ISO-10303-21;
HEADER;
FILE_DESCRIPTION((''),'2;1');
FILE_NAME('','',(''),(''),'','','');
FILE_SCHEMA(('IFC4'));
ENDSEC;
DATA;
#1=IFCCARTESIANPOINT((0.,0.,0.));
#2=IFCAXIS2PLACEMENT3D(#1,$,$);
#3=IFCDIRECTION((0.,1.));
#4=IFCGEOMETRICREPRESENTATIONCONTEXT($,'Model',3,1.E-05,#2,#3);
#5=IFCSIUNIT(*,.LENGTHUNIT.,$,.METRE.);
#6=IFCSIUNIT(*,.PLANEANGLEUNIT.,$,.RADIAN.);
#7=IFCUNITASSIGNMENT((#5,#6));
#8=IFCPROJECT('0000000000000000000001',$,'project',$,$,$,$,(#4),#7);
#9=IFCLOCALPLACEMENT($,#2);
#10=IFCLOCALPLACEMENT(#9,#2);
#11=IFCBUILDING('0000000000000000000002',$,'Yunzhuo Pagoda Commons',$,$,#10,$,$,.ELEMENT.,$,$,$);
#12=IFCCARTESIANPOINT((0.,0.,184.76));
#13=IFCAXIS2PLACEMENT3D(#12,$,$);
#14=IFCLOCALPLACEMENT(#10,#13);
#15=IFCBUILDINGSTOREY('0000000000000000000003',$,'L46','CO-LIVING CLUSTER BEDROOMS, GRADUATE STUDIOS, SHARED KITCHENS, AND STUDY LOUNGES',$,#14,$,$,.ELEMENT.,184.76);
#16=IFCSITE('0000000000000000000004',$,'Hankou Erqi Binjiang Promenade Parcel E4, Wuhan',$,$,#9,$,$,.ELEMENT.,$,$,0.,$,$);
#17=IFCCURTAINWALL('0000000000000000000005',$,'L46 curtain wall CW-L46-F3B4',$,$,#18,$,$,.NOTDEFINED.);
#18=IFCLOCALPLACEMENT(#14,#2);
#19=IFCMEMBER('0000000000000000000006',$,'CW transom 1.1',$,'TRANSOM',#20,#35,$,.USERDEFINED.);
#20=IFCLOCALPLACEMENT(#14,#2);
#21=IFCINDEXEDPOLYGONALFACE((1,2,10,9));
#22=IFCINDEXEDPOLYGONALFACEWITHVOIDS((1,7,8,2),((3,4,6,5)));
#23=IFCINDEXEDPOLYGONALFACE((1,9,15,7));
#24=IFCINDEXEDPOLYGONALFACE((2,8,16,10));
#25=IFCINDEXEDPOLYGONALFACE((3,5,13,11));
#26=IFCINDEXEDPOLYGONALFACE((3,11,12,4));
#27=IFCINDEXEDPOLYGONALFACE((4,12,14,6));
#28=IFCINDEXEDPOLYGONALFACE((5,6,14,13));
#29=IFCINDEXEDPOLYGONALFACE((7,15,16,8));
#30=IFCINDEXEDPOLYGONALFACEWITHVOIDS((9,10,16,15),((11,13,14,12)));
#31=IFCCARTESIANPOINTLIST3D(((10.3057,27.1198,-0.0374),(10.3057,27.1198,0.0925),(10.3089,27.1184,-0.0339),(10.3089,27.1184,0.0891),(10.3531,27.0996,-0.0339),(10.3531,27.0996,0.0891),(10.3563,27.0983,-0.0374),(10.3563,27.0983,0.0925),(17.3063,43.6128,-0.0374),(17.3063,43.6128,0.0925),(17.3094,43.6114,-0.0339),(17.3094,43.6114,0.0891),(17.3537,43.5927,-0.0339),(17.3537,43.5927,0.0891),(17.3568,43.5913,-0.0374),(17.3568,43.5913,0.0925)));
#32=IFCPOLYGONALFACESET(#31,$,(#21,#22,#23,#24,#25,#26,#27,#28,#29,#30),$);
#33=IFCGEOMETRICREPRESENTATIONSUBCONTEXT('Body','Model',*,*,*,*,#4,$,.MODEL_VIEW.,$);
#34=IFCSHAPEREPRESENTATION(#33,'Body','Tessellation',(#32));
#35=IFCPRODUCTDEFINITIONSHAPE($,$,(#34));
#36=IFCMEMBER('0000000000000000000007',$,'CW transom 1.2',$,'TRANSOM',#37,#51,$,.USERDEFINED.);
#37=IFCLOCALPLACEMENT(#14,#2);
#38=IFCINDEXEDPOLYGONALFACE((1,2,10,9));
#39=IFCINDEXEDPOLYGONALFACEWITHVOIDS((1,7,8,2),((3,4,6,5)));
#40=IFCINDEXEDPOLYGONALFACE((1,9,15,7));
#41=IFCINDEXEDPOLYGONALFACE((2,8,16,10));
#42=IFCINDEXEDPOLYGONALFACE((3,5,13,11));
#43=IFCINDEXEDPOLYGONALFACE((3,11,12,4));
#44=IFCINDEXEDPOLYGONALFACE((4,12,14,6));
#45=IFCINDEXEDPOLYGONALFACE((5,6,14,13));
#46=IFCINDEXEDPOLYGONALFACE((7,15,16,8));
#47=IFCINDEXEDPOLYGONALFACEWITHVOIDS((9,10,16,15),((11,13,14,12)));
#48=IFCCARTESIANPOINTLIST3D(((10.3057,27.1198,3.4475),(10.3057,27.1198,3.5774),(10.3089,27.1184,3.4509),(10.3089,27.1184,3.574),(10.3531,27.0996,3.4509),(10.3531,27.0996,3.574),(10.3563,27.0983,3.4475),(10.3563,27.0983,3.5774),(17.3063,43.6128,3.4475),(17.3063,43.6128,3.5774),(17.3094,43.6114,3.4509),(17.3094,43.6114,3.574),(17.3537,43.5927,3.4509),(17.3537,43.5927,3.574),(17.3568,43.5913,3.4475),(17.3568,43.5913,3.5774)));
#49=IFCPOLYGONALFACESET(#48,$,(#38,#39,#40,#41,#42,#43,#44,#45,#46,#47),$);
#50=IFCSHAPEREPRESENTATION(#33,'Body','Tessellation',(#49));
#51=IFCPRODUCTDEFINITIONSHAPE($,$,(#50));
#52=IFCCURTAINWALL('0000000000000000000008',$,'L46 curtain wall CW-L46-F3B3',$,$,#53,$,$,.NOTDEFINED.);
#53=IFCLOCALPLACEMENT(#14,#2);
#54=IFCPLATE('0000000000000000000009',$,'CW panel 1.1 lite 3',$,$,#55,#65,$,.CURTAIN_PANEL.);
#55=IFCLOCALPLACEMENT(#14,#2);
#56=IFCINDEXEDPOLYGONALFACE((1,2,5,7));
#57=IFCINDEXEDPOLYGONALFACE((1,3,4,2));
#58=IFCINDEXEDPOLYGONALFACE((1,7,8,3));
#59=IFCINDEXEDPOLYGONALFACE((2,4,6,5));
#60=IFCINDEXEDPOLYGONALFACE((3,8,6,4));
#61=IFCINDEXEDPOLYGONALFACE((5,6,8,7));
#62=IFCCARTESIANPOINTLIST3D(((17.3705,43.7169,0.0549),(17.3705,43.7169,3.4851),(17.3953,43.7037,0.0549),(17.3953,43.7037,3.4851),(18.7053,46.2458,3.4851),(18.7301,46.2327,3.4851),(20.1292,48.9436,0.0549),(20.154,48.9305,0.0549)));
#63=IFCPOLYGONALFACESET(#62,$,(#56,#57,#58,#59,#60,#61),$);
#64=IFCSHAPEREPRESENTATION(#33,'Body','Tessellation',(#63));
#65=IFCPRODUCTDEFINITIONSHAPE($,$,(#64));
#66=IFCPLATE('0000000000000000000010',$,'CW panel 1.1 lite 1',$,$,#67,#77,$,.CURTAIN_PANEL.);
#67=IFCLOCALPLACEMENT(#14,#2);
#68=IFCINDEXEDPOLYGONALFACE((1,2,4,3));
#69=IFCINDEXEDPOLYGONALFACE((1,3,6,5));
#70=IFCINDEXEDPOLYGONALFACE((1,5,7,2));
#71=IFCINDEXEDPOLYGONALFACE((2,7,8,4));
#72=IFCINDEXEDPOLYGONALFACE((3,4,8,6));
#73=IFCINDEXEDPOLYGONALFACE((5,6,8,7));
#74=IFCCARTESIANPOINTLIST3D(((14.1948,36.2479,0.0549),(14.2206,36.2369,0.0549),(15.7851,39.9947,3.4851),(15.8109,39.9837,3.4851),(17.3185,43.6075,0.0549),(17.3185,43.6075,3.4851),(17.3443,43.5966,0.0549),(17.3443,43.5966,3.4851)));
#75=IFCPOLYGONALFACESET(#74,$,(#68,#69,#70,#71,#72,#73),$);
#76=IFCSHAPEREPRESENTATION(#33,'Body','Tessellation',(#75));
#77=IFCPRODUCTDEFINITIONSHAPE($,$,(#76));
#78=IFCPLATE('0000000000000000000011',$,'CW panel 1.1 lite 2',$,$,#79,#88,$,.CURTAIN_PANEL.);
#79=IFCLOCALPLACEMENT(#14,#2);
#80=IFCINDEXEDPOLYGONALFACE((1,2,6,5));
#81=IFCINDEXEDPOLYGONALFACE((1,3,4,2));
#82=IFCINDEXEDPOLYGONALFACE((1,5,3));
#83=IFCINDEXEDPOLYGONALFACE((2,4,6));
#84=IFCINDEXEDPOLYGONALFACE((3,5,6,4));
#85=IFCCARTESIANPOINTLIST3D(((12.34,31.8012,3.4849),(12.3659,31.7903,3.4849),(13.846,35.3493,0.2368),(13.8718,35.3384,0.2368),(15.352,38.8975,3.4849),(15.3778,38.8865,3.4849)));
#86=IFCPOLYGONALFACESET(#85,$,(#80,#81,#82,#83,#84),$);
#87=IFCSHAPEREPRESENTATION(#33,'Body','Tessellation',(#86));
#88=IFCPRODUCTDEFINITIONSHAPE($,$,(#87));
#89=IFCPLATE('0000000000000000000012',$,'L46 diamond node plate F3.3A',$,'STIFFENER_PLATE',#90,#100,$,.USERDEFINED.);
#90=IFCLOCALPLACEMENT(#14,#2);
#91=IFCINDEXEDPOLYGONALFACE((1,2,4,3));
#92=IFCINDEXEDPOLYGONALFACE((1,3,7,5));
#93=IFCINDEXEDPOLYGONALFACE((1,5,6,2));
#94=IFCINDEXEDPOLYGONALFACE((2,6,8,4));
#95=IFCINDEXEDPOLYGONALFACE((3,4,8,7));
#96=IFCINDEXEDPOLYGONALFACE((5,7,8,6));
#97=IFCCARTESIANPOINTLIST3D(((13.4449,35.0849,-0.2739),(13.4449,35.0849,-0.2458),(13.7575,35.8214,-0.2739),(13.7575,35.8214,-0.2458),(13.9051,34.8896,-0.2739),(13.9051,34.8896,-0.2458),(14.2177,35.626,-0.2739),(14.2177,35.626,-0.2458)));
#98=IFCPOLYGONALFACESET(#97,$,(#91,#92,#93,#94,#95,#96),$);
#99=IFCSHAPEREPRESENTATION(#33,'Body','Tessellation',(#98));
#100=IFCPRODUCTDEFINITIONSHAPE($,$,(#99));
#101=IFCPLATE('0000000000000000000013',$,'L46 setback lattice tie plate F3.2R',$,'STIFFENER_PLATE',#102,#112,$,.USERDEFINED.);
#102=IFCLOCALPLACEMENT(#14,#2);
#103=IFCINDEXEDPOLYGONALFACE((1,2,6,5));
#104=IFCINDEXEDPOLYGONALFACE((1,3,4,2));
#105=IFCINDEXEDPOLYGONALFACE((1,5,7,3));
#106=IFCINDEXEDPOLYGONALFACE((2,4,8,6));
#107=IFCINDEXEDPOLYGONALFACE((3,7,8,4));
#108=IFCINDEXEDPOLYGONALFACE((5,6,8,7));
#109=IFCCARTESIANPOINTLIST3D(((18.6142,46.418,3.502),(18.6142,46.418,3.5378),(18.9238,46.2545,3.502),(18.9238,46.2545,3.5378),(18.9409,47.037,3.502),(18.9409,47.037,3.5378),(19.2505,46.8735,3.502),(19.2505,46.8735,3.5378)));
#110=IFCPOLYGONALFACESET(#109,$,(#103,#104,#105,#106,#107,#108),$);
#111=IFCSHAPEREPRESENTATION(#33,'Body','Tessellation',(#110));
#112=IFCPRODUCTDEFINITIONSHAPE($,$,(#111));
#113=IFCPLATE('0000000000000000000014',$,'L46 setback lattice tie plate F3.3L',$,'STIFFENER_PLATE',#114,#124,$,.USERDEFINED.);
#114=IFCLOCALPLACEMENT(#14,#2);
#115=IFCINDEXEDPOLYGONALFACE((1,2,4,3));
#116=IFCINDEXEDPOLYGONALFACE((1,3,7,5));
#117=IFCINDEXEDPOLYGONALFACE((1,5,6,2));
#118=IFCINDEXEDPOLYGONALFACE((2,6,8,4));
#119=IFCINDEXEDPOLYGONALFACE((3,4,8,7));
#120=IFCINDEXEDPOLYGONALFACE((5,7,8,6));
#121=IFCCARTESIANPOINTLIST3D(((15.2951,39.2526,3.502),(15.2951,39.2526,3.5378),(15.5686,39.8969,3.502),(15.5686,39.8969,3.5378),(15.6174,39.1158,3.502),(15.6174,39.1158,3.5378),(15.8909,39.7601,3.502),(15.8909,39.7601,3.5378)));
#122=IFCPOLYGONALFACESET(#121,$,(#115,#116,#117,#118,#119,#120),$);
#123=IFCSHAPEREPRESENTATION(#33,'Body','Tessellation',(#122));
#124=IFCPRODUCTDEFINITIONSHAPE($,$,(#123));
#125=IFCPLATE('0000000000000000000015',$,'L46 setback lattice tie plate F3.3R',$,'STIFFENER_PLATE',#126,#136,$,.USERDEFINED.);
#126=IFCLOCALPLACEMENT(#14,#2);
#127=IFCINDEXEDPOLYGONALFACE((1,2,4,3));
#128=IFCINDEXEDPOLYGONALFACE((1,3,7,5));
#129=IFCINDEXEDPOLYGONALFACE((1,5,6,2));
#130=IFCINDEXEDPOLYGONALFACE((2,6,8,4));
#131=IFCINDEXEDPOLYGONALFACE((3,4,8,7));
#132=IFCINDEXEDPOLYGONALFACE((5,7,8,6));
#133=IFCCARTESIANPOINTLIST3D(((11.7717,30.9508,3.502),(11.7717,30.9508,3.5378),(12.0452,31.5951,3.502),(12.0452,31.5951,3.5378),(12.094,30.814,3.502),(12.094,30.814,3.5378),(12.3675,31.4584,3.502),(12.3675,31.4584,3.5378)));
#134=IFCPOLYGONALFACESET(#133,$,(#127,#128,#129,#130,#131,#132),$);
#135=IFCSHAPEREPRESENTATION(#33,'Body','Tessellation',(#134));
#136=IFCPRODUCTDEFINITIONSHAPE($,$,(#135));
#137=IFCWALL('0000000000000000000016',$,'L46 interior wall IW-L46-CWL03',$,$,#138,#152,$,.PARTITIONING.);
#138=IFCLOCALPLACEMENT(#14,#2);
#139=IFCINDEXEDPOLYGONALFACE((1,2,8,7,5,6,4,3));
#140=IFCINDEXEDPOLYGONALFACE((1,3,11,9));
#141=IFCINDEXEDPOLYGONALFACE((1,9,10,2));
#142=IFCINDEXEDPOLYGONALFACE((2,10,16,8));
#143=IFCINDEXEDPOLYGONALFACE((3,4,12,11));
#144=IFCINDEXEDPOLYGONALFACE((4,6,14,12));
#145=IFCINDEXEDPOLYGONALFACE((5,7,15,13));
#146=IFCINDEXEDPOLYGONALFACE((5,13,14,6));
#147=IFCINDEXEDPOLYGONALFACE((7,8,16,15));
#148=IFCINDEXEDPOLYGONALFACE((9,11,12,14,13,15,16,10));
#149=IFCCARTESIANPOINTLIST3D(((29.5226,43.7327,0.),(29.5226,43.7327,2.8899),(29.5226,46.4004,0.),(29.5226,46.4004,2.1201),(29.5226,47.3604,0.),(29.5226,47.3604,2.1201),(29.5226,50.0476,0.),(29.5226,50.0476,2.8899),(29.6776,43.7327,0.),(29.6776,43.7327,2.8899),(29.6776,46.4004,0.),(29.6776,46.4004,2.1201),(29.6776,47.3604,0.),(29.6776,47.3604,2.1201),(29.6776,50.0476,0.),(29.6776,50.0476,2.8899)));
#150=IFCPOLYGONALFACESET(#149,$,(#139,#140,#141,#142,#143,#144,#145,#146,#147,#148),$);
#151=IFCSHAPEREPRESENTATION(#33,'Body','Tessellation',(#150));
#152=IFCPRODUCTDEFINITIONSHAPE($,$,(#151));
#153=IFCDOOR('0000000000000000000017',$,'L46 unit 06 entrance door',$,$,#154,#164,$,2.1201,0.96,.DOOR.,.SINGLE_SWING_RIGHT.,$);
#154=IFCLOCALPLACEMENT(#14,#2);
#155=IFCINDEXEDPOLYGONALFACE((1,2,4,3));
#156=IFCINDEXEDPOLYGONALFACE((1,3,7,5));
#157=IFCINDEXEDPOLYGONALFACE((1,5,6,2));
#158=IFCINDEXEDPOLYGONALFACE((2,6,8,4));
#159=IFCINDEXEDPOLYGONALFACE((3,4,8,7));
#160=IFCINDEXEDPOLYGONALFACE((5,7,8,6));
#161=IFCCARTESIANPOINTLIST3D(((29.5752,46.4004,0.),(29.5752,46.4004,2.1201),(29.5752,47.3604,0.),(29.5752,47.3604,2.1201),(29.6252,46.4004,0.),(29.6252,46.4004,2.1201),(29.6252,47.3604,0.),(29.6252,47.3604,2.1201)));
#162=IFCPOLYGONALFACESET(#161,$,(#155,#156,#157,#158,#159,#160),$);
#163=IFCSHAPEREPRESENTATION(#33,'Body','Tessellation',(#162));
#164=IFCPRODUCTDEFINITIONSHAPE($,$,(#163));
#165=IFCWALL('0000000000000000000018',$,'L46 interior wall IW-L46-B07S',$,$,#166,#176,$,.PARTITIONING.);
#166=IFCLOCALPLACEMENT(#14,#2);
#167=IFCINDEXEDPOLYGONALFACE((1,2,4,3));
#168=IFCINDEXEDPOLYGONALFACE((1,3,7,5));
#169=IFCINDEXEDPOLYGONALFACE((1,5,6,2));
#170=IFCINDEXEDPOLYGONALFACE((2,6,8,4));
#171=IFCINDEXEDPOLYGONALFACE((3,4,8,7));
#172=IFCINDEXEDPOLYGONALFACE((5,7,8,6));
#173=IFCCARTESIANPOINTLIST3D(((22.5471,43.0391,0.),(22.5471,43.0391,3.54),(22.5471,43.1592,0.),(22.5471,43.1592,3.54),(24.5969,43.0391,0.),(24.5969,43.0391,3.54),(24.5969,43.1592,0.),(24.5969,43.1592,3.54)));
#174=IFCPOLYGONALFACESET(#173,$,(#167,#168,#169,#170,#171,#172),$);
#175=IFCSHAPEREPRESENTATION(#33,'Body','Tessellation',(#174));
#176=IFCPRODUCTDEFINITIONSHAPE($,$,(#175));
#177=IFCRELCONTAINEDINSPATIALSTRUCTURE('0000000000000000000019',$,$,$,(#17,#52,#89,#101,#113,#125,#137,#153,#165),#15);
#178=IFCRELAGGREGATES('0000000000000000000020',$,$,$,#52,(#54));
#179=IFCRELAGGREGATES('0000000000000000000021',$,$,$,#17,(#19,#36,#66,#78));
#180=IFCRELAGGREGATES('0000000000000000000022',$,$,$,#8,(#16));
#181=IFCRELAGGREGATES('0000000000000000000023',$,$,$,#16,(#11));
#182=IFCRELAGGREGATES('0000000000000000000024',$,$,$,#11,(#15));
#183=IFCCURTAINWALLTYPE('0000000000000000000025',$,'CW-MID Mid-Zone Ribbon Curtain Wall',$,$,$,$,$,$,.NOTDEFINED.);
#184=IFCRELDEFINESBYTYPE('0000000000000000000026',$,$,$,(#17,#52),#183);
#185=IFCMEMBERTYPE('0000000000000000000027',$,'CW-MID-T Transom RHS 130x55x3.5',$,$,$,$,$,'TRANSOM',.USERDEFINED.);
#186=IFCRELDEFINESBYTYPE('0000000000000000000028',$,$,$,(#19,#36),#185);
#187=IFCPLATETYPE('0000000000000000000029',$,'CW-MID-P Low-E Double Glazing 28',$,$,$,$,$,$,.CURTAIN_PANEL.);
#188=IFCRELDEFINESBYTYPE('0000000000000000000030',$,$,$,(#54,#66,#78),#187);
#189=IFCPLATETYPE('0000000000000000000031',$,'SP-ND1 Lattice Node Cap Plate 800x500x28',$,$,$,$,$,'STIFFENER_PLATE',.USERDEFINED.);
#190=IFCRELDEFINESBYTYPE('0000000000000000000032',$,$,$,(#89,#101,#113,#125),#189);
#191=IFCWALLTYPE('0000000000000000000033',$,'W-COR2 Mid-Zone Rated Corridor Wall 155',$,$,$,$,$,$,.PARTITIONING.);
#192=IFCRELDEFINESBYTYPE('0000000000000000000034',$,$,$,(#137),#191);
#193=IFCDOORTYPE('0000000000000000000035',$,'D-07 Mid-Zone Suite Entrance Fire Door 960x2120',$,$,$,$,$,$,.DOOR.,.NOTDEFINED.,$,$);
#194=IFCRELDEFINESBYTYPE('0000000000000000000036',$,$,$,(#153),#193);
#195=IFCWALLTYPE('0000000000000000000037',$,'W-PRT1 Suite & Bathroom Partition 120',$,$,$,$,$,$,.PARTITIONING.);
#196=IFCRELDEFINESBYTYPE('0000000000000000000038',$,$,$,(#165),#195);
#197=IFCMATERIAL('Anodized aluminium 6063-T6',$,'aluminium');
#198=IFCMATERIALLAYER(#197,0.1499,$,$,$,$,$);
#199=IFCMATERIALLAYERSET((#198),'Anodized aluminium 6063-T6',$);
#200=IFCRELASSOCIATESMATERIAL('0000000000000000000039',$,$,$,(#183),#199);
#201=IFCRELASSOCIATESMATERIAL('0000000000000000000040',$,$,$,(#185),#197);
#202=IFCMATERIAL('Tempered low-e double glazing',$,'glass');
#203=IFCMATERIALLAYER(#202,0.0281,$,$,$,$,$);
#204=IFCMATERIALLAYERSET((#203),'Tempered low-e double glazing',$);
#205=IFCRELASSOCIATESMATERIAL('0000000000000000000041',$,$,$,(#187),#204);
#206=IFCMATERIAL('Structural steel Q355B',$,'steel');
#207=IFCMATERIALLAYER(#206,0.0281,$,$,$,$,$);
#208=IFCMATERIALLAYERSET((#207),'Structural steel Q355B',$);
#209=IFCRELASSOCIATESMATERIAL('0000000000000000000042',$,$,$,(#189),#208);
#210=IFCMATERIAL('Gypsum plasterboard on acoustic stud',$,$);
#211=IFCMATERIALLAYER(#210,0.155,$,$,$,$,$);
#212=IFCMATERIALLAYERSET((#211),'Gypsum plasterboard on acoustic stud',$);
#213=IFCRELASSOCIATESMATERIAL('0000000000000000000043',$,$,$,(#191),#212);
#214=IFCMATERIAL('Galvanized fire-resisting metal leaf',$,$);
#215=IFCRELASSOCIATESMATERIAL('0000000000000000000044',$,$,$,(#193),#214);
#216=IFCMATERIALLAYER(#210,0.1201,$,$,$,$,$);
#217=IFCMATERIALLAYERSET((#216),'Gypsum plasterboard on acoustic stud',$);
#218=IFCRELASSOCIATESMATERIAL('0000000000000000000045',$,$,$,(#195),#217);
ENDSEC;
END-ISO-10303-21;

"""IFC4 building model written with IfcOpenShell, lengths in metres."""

from ifc_helpers import new_model, si_unit, direction, frame, frame_2d, origin, origin_with_axes, origin_2d, place, context, subcontext, project, spatial, polyline, rectangle, hollow_rectangle, outline, extrude, source, transform, mapped, material, layer, layer_set, material_profile, profile_set, type_object, element, fill, aggregate, save


model = new_model("IFC4")

# Units and contexts
model_context = context("Model", 3, precision=1e-05, world=origin(), true_north=direction((0.0, 1.0)))
body_context = subcontext(model_context, "Body", "Model", "MODEL_VIEW")
ifc_project = project(units=[si_unit("LENGTHUNIT", "METRE"), si_unit("PLANEANGLEUNIT", "RADIAN")], contexts=[model_context])

# Site, building, storey
site_placement = place(None, origin())
site = spatial("IfcSite", under=ifc_project, at=site_placement, Name="Hankou Erqi Binjiang Promenade Parcel E4, Wuhan", CompositionType="ELEMENT", RefElevation=0.0)
building_placement = place(site_placement, origin())
building = spatial("IfcBuilding", under=site, at=building_placement, Name="Yunzhuo Pagoda Commons", CompositionType="ELEMENT")
storey_placement = place(building_placement, frame((0.0, 0.0, 184.76)))
storey = spatial("IfcBuildingStorey", under=building, at=storey_placement, Name="L46", Description="CO-LIVING CLUSTER BEDROOMS, GRADUATE STUDIOS, SHARED KITCHENS, AND STUDY LOUNGES", CompositionType="ELEMENT", Elevation=184.76)

# Shared definitions
ifc_material_1 = material(Name="Structural steel Q355B", Category="steel")

# Curtain wall, members
ifc_material_2 = material(Name="Anodized aluminium 6063-T6", Category="aluminium")
ifc_layer_1 = layer(ifc_material_2, 0.1499)
ifc_layer_set_1 = layer_set([ifc_layer_1], Name="Anodized aluminium 6063-T6")
curtain_wall_type = type_object("IfcCurtainWallType", Name="CW-MID Mid-Zone Ribbon Curtain Wall", PredefinedType="NOTDEFINED", material=ifc_layer_set_1)
curtain_wall_1_placement = place(storey_placement, origin())
curtain_wall_1 = element("IfcCurtainWall", 1, at=curtain_wall_1_placement, inside=storey, type_object=curtain_wall_type, Name="L46 curtain wall CW-L46-F3B4", PredefinedType="NOTDEFINED")
ifc_material_profile_1 = material_profile(ifc_material_2, hollow_rectangle(XDim=0.0549, YDim=0.1299, WallThickness=0.0034, at=origin_2d()), Name="Anodized aluminium 6063-T6")
ifc_profile_set_1 = profile_set([ifc_material_profile_1], Name="Anodized aluminium 6063-T6")
member_type_1 = type_object("IfcMemberType", Name="CW-MID-T Transom RHS 130x55x3.5", ElementType="TRANSOM", PredefinedType="USERDEFINED", material=ifc_profile_set_1)
shared_shape_1 = source(origin(), body_context, "Body", "SweptSolid", [
    extrude(hollow_rectangle(XDim=0.0549, YDim=0.1299, WallThickness=0.0034, at=origin_2d()), origin(), (0.0, 0.0, 1.0), 17.9172),
])
member_1_placement = place(storey_placement, frame((17.3315, 43.6021, 0.0276), z_axis=(-0.390715, -0.920512, 0.0), x_axis=(0.920512, -0.390715, 0.0)))
member_1 = element("IfcMember", 2, at=member_1_placement, type_object=member_type_1, Name="CW transom 1.1", ObjectType="TRANSOM", PredefinedType="USERDEFINED", context=body_context, shape_type="MappedRepresentation", body=[
    mapped(shared_shape_1, transform((0.0, 0.0, 0.0), scale=1.0)),
])
member_2_placement = place(storey_placement, frame((17.3315, 43.6021, 3.5125), z_axis=(-0.390715, -0.920512, 0.0), x_axis=(0.920512, -0.390715, 0.0)))
member_2 = element("IfcMember", 3, at=member_2_placement, type_object=member_type_1, Name="CW transom 1.2", ObjectType="TRANSOM", PredefinedType="USERDEFINED", context=body_context, shape_type="MappedRepresentation", body=[
    mapped(shared_shape_1, transform((0.0, 0.0, 0.0), scale=1.0)),
])

# Curtain wall, plate
curtain_wall_2_placement = place(storey_placement, origin())
curtain_wall_2 = element("IfcCurtainWall", 4, at=curtain_wall_2_placement, inside=storey, type_object=curtain_wall_type, Name="L46 curtain wall CW-L46-F3B3", PredefinedType="NOTDEFINED")
ifc_material_3 = material(Name="Tempered low-e double glazing", Category="glass")
ifc_layer_2 = layer(ifc_material_3, 0.0281)
ifc_layer_set_2 = layer_set([ifc_layer_2], Name="Tempered low-e double glazing")
plate_type_1 = type_object("IfcPlateType", Name="CW-MID-P Low-E Double Glazing 28", PredefinedType="CURTAIN_PANEL", material=ifc_layer_set_2)
plate_1_placement = place(storey_placement, frame((18.7747, 46.3171, 1.77), z_axis=(-0.884373, 0.466781, 0.0), x_axis=(-0.466781, -0.884373, 0.0)))
plate_1 = element("IfcPlate", 5, at=plate_1_placement, type_object=plate_type_1, Name="CW panel 1.1 lite 3", PredefinedType="CURTAIN_PANEL", context=body_context, shape_type="SweptSolid", body=[
    extrude(outline(polyline([(-2.9551, -1.7151), (2.9551, -1.7151), (2.9551, 1.7151), (0.0955, 1.7151), (-2.9551, -1.7151)])), origin(), (0.0, 0.0, 1.0), 0.0281),
])
aggregate(curtain_wall_2, [plate_1])

# Plates
plate_2_placement = place(storey_placement, frame((15.7825, 39.9167, 1.77), z_axis=(-0.920515, 0.390706, 0.0), x_axis=(-0.390706, -0.920515, 0.0)))
plate_2 = element("IfcPlate", 6, at=plate_2_placement, type_object=plate_type_1, Name="CW panel 1.1 lite 1", PredefinedType="CURTAIN_PANEL", context=body_context, shape_type="SweptSolid", body=[
    extrude(outline(polyline([(-3.9976, -1.7151), (3.9976, -1.7151), (-0.0728, 1.7151), (-3.9976, 1.7151), (-3.9976, -1.7151)])), origin(), (0.0, 0.0, 1.0), 0.0281),
])
plate_3_placement = place(storey_placement, frame((13.8718, 35.3384, 1.8608), z_axis=(-0.920515, 0.390706, 0.0), x_axis=(-0.390706, -0.920515, 0.0)))
plate_3 = element("IfcPlate", 7, at=plate_3_placement, type_object=plate_type_1, Name="CW panel 1.1 lite 2", PredefinedType="CURTAIN_PANEL", context=body_context, shape_type="SweptSolid", body=[
    extrude(outline(polyline([(-3.8545, 1.624), (0.0, -1.624), (3.8545, 1.624), (-3.8545, 1.624)])), origin(), (0.0, 0.0, 1.0), 0.0281),
])
aggregate(curtain_wall_1, [member_1, member_2, plate_2, plate_3])

# Plates
ifc_layer_3 = layer(ifc_material_1, 0.0281)
ifc_layer_set_3 = layer_set([ifc_layer_3], Name="Structural steel Q355B")
plate_type_2 = type_object("IfcPlateType", Name="SP-ND1 Lattice Node Cap Plate 800x500x28", ElementType="STIFFENER_PLATE", PredefinedType="USERDEFINED", material=ifc_layer_set_3)
shared_shape_2 = source(origin(), body_context, "Body", "SweptSolid", [
    extrude(rectangle(XDim=0.8, YDim=0.5, at=origin_2d()), origin(), (0.0, 0.0, 1.0), 0.0281),
])
plate_4_placement = place(storey_placement, frame((13.8313, 35.3555, -0.2739), z_axis=(0.0, 0.0, 1.0), x_axis=(-0.390699, -0.920518, 0.0)))
element("IfcPlate", 8, at=plate_4_placement, inside=storey, type_object=plate_type_2, Name="L46 diamond node plate F3.3A", ObjectType="STIFFENER_PLATE", PredefinedType="USERDEFINED", context=body_context, shape_type="MappedRepresentation", body=[
    mapped(shared_shape_2, transform((0.0, 0.0, 0.0), scale=1.0)),
])
shared_shape_3 = source(origin(), body_context, "Body", "SweptSolid", [
    extrude(rectangle(XDim=0.7, YDim=0.3501, at=origin_2d()), origin(), (0.0, 0.0, 1.0), 0.0359),
])
for number, where, z_axis, x_axis, name in (
    (9, (18.9324, 46.6458, 3.502), (0.0, 0.0, 1.0), (-0.466788, -0.884369, 0.0), "L46 setback lattice tie plate F3.2R"),
    (10, (15.593, 39.5063, 3.502), (0.0, 0.0, 1.0), (-0.390699, -0.920518, 0.0), "L46 setback lattice tie plate F3.3L"),
    (11, (12.0696, 31.2046, 3.502), (0.0, 0.0, 1.0), (-0.390699, -0.920518, 0.0), "L46 setback lattice tie plate F3.3R"),
):
    element("IfcPlate", number, at=place(storey_placement, frame(where, z_axis=z_axis, x_axis=x_axis)), inside=storey, type_object=plate_type_2, Name=name, ObjectType="STIFFENER_PLATE", PredefinedType="USERDEFINED", context=body_context, shape_type="MappedRepresentation", body=[
        mapped(shared_shape_3, transform((0.0, 0.0, 0.0), scale=1.0)),
    ])

# Wall, opening, door
ifc_material_4 = material(Name="Gypsum plasterboard on acoustic stud")
ifc_layer_4 = layer(ifc_material_4, 0.155)
ifc_layer_set_4 = layer_set([ifc_layer_4], Name="Gypsum plasterboard on acoustic stud")
wall_type_1 = type_object("IfcWallType", Name="W-COR2 Mid-Zone Rated Corridor Wall 155", PredefinedType="PARTITIONING", material=ifc_layer_set_4)
ifc_material_5 = material(Name="Galvanized fire-resisting metal leaf")
door_type_1 = type_object("IfcDoorType", Name="D-07 Mid-Zone Suite Entrance Fire Door 960x2120", OperationType="NOTDEFINED", PredefinedType="DOOR", material=ifc_material_5)
shared_shape_4 = source(origin(), body_context, "Body", "SweptSolid", [
    extrude(rectangle(XDim=0.96, YDim=2.1201, at=frame_2d((0.48, 1.0601))), frame((0.0, 0.0249, 0.0), z_axis=(0.0, -1.0, 0.0), x_axis=(1.0, 0.0, 0.0)), (0.0, 0.0, 1.0), 0.05),
])
wall_1_placement = place(storey_placement, frame((29.6001, 43.7327, 0.0), z_axis=(0.0, 0.0, 1.0), x_axis=(0.0, 1.0, 0.0)))
wall_1 = element("IfcWall", 12, at=wall_1_placement, inside=storey, type_object=wall_type_1, Name="L46 interior wall IW-L46-CWL03", PredefinedType="PARTITIONING", context=body_context, shape_type="SweptSolid", body=[
    extrude(rectangle(XDim=6.3149, YDim=0.155, at=frame_2d((3.1575, 0.0))), origin(), (0.0, 0.0, 1.0), 2.8899),
])
opening_1_placement = place(wall_1_placement, frame((2.6677, 0.0, 0.0)))
opening_1 = element("IfcOpeningElement", 13, at=opening_1_placement, cuts=wall_1, PredefinedType="OPENING", context=body_context, shape_type="SweptSolid", body=[
    extrude(rectangle(XDim=0.96, YDim=2.1201, at=frame_2d((0.48, 1.0601))), frame((0.0, 0.0874, 0.0), z_axis=(0.0, -1.0, 0.0), x_axis=(1.0, 0.0, 0.0)), (0.0, 0.0, 1.0), 0.175),
])
door_1_placement = place(opening_1_placement, origin_with_axes())
door_1 = element("IfcDoor", 14, at=door_1_placement, inside=storey, type_object=door_type_1, Name="L46 unit 06 entrance door", OperationType="SINGLE_SWING_RIGHT", OverallHeight=2.1201, OverallWidth=0.96, PredefinedType="DOOR", context=body_context, shape_type="MappedRepresentation", body=[
    mapped(shared_shape_4, transform((0.0, 0.0, 0.0), scale=1.0)),
])
fill(opening_1, door_1)

# Wall
ifc_layer_5 = layer(ifc_material_4, 0.1201)
ifc_layer_set_5 = layer_set([ifc_layer_5], Name="Gypsum plasterboard on acoustic stud")
wall_type_2 = type_object("IfcWallType", Name="W-PRT1 Suite & Bathroom Partition 120", PredefinedType="PARTITIONING", material=ifc_layer_set_5)
wall_2_placement = place(storey_placement, frame((22.5471, 43.0991, 0.0), z_axis=(0.0, 0.0, 1.0), x_axis=(1.0, 0.0, 0.0)))
element("IfcWall", 15, at=wall_2_placement, inside=storey, type_object=wall_type_2, Name="L46 interior wall IW-L46-B07S", PredefinedType="PARTITIONING", context=body_context, shape_type="SweptSolid", body=[
    extrude(rectangle(XDim=2.0498, YDim=0.1201, at=frame_2d((1.0249, 0.0))), origin(), (0.0, 0.0, 1.0), 3.54),
])

save(model, "model.ifc")
